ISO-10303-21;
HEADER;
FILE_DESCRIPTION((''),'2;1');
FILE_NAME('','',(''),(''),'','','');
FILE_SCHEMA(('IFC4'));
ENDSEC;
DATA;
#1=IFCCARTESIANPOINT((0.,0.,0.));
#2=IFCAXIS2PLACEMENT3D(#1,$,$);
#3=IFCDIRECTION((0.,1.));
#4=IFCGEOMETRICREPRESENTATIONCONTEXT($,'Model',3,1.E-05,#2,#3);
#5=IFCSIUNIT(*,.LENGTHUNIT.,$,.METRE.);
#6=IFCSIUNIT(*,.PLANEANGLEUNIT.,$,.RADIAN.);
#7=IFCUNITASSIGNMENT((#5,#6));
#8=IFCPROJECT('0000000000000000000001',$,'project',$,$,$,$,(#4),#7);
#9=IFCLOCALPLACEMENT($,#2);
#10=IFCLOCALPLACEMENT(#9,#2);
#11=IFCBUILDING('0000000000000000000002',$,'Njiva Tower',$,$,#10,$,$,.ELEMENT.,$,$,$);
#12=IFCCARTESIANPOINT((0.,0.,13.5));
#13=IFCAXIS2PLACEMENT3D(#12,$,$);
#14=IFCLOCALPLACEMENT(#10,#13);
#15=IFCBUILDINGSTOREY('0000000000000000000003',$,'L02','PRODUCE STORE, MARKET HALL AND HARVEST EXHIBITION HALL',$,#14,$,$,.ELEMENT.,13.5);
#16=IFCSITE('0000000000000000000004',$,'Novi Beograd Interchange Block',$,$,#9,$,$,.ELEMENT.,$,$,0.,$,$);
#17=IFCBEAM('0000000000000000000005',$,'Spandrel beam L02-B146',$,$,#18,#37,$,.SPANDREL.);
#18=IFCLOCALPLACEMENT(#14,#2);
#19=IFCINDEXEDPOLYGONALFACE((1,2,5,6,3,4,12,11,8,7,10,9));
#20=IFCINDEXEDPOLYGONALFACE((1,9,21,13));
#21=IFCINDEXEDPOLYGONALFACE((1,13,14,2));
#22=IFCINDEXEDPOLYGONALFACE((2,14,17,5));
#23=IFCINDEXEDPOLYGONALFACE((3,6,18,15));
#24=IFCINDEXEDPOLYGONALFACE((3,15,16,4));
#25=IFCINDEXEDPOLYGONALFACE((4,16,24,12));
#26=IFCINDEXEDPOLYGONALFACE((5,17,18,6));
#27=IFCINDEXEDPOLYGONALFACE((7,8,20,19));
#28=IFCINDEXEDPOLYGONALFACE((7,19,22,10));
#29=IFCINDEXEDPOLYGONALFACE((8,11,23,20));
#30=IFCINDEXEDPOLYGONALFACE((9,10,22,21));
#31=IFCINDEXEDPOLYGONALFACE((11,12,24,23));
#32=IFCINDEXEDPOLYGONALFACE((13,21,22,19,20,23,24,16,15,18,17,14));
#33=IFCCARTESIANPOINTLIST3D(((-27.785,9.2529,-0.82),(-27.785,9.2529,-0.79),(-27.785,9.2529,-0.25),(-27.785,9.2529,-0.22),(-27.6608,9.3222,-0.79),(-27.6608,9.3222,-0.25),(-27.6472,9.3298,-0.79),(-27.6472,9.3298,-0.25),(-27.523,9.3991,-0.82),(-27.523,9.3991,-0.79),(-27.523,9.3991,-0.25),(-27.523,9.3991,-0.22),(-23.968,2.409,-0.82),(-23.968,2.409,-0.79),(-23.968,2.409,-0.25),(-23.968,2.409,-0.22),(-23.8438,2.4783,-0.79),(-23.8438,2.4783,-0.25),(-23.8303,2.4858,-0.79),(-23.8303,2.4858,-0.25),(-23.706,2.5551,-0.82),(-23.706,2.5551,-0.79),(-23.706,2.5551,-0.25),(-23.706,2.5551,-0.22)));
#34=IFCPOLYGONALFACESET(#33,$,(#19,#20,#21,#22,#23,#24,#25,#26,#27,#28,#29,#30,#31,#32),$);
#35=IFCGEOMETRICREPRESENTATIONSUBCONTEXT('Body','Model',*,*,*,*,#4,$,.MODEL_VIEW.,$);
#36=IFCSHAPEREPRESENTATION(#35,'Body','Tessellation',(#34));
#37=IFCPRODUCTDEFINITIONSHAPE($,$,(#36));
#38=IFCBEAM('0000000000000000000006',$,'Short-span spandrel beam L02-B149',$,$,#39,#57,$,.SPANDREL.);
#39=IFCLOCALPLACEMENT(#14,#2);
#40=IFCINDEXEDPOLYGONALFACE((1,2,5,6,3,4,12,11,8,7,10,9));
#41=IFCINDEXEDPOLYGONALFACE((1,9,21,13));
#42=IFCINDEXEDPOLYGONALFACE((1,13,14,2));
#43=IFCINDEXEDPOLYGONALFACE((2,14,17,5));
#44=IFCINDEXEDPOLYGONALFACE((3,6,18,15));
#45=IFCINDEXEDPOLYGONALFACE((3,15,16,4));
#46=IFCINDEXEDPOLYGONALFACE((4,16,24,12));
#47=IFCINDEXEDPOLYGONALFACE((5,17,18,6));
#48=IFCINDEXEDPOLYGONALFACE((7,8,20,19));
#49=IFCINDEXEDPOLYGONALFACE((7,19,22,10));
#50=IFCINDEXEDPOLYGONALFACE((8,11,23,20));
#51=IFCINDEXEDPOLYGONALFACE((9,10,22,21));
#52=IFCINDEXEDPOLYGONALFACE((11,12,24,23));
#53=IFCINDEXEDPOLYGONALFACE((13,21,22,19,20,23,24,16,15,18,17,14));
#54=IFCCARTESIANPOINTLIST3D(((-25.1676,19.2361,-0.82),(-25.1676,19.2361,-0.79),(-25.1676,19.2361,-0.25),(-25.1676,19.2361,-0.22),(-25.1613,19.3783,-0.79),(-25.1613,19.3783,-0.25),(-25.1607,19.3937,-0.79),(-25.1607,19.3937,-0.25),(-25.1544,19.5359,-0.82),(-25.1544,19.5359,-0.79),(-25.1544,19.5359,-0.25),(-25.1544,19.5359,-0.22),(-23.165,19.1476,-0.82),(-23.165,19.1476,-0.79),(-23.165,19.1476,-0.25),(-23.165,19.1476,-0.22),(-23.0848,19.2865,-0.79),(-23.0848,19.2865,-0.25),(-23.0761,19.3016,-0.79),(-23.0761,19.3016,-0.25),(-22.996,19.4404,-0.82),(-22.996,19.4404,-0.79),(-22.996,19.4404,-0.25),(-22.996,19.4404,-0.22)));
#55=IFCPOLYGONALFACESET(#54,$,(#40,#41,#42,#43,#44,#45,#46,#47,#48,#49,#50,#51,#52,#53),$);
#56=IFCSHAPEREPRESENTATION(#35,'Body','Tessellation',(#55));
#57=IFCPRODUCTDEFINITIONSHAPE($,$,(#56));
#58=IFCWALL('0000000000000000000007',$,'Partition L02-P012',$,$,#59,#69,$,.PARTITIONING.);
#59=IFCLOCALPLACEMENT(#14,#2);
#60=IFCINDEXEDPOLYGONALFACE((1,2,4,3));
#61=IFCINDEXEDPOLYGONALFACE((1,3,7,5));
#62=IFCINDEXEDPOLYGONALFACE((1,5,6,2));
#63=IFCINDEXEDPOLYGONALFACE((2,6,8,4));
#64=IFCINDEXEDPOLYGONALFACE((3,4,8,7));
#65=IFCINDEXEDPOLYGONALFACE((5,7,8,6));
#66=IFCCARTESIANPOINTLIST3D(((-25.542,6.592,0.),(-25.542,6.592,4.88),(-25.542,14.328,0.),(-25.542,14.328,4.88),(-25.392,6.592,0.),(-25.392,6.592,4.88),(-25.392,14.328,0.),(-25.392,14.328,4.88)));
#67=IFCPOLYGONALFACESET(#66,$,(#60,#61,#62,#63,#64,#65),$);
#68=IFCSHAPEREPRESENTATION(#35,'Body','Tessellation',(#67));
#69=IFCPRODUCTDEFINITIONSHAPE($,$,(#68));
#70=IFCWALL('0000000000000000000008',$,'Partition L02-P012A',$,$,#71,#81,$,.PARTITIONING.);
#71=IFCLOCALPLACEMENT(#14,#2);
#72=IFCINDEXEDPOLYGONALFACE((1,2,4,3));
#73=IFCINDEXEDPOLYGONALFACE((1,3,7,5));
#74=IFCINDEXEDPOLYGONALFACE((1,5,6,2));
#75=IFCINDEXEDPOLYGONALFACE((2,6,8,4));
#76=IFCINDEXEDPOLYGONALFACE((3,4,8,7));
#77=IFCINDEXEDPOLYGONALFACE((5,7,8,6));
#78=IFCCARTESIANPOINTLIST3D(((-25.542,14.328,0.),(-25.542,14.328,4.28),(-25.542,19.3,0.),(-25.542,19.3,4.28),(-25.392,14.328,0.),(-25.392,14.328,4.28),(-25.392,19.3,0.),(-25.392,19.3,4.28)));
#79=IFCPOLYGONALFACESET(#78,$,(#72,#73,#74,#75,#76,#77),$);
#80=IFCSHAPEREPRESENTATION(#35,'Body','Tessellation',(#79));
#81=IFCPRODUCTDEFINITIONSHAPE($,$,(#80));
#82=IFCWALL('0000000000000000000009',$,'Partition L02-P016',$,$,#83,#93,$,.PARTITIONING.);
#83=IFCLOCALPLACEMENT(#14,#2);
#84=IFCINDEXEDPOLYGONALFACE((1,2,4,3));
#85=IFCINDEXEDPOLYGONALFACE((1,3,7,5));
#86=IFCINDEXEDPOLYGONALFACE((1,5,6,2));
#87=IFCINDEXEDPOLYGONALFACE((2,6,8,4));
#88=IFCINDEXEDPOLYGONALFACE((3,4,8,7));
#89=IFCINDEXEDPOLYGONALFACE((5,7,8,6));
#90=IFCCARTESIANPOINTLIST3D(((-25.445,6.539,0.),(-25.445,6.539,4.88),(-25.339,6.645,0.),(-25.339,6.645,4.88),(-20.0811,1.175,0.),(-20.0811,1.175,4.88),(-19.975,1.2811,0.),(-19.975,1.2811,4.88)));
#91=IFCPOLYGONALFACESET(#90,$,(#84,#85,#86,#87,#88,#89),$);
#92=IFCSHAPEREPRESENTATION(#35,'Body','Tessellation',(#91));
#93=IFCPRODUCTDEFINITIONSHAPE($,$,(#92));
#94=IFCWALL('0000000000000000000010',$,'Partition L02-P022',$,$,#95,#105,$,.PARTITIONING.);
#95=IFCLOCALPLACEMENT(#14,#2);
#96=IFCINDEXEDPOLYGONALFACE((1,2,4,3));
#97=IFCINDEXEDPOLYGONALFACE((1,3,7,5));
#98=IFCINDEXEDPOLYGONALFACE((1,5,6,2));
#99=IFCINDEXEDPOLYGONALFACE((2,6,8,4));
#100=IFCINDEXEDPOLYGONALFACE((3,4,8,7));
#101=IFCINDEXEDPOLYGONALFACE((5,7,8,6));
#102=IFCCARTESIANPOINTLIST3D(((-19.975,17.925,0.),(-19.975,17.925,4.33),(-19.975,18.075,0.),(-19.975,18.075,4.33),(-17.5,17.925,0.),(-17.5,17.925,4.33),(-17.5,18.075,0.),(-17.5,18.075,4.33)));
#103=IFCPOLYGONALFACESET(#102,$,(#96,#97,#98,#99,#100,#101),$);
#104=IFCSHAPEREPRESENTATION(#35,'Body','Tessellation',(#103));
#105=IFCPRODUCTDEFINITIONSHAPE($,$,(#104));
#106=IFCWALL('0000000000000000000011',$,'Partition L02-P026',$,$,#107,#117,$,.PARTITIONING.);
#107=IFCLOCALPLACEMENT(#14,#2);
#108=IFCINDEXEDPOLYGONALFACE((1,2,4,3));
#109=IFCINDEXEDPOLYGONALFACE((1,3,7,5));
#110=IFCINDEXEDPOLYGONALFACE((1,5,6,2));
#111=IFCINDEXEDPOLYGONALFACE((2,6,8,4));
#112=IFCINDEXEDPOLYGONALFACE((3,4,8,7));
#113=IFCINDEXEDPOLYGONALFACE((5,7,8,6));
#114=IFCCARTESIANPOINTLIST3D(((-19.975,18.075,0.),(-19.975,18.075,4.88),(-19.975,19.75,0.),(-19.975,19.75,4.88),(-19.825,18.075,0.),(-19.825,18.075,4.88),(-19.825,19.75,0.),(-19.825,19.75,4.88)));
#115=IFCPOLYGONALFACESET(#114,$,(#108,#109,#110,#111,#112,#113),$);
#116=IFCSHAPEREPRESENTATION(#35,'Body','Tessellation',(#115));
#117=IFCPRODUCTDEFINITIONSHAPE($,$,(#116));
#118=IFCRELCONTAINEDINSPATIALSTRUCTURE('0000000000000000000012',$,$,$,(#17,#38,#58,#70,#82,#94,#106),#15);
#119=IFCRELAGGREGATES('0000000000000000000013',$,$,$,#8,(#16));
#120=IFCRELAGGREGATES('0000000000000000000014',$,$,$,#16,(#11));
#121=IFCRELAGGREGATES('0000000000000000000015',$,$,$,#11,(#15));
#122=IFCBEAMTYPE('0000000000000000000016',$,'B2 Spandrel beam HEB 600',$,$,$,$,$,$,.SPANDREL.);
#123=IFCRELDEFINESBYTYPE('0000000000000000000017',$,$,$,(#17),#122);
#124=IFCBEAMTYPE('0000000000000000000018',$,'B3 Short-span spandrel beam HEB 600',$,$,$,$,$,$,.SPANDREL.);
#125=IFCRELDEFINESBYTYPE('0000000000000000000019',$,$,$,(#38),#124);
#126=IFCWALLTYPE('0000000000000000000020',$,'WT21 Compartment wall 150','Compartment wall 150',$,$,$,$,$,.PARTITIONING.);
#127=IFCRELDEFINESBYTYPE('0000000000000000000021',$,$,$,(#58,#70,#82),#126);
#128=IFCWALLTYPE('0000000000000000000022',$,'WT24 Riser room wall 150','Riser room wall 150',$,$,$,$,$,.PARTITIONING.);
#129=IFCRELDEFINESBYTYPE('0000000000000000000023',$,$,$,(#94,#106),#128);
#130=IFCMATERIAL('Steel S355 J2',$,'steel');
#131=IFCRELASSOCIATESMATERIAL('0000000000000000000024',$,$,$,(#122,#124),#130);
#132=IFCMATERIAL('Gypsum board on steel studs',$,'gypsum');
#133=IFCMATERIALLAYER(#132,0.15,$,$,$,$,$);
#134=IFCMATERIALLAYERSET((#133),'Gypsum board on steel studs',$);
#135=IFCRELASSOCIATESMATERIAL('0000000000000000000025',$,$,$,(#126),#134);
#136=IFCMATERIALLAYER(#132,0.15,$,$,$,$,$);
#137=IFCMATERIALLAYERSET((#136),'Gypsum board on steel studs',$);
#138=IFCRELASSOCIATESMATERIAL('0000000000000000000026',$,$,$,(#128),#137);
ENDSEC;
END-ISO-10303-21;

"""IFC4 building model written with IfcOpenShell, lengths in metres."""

from ifc_helpers import new_model, si_unit, direction, frame, frame_2d, origin, origin_2d, place, context, subcontext, project, spatial, rectangle, i_section, extrude, clip, halfspace, material, layer, layer_set, material_profile, profile_set, type_object, element, save


model = new_model("IFC4")

# Units and contexts
model_context = context("Model", 3, precision=1e-05, world=origin(), true_north=direction((0.0, 1.0)))
body_context = subcontext(model_context, "Body", "Model", "MODEL_VIEW")
ifc_project = project(units=[si_unit("LENGTHUNIT", "METRE"), si_unit("PLANEANGLEUNIT", "RADIAN")], contexts=[model_context])

# Site, building, storey
site_placement = place(None, origin())
site = spatial("IfcSite", under=ifc_project, at=site_placement, Name="Novi Beograd Interchange Block", CompositionType="ELEMENT", RefElevation=0.0)
building_placement = place(site_placement, origin())
building = spatial("IfcBuilding", under=site, at=building_placement, Name="Njiva Tower", CompositionType="ELEMENT")
storey_placement = place(building_placement, frame((0.0, 0.0, 13.5)))
storey = spatial("IfcBuildingStorey", under=building, at=storey_placement, Name="L02", Description="PRODUCE STORE, MARKET HALL AND HARVEST EXHIBITION HALL", CompositionType="ELEMENT", Elevation=13.5)

# Shared definitions
ifc_material_1 = material(Name="Steel S355 J2", Category="steel")

# Beams
ifc_material_profile_1 = material_profile(ifc_material_1, i_section(OverallWidth=0.3, OverallDepth=0.6, WebThickness=0.0155, FlangeThickness=0.03, at=origin_2d()), Name="HEB 600")
ifc_profile_set_1 = profile_set([ifc_material_profile_1], Name="Steel S355 J2")
beam_type_1 = type_object("IfcBeamType", Name="B2 Spandrel beam HEB 600", PredefinedType="SPANDREL", material=ifc_profile_set_1)
beam_1_placement = place(storey_placement, frame((-27.654, 9.326, -0.52), z_axis=(0.487083, -0.873356, 0.0), x_axis=(0.873356, 0.487083, 0.0)))
element("IfcBeam", 1, at=beam_1_placement, inside=storey, type_object=beam_type_1, Name="Spandrel beam L02-B146", PredefinedType="SPANDREL", context=body_context, shape_type="SweptSolid", body=[
    extrude(i_section(OverallWidth=0.3, OverallDepth=0.6, WebThickness=0.0155, FlangeThickness=0.03, at=origin_2d()), origin(), (0.0, 0.0, 1.0), 7.8364),
])
ifc_material_profile_2 = material_profile(ifc_material_1, i_section(OverallWidth=0.3, OverallDepth=0.6, WebThickness=0.0155, FlangeThickness=0.03, at=origin_2d()), Name="HEB 600")
ifc_profile_set_2 = profile_set([ifc_material_profile_2], Name="Steel S355 J2")
beam_type_2 = type_object("IfcBeamType", Name="B3 Short-span spandrel beam HEB 600", PredefinedType="SPANDREL", material=ifc_profile_set_2)
beam_2_placement = place(storey_placement, frame((-25.161, 19.386, -0.52), z_axis=(0.999024, -0.044166, 0.0), x_axis=(0.044166, 0.999024, 0.0)))
element("IfcBeam", 2, at=beam_2_placement, inside=storey, type_object=beam_type_2, Name="Short-span spandrel beam L02-B149", PredefinedType="SPANDREL", context=body_context, shape_type="Clipping", body=[
    clip(extrude(i_section(OverallWidth=0.3, OverallDepth=0.6, WebThickness=0.0155, FlangeThickness=0.03, at=origin_2d()), origin(), (0.0, 0.0, 1.0), 2.181), halfspace(frame((-0.0228, 0.0, 2.0707), z_axis=(-0.461261, 0.0, 0.887265), x_axis=(0.0, 1.0, 0.0)), False)),
])

# Walls
ifc_material_2 = material(Name="Gypsum board on steel studs", Category="gypsum")
ifc_layer_1 = layer(ifc_material_2, 0.15)
ifc_layer_set_1 = layer_set([ifc_layer_1], Name="Gypsum board on steel studs")
wall_type_1 = type_object("IfcWallType", Name="WT21 Compartment wall 150", Description="Compartment wall 150", PredefinedType="PARTITIONING", material=ifc_layer_set_1)
wall_1_placement = place(storey_placement, frame((-25.467, 6.592, 0.0), z_axis=(0.0, 0.0, 1.0), x_axis=(0.0, 1.0, 0.0)))
element("IfcWall", 3, at=wall_1_placement, inside=storey, type_object=wall_type_1, Name="Partition L02-P012", PredefinedType="PARTITIONING", context=body_context, shape_type="SweptSolid", body=[
    extrude(rectangle(XDim=7.736, YDim=0.15, at=frame_2d((3.868, 0.0))), origin(), (0.0, 0.0, 1.0), 4.88),
])
wall_2_placement = place(storey_placement, frame((-25.467, 14.328, 0.0), z_axis=(0.0, 0.0, 1.0), x_axis=(0.0, 1.0, 0.0)))
element("IfcWall", 4, at=wall_2_placement, inside=storey, type_object=wall_type_1, Name="Partition L02-P012A", PredefinedType="PARTITIONING", context=body_context, shape_type="SweptSolid", body=[
    extrude(rectangle(XDim=4.972, YDim=0.15, at=frame_2d((2.486, 0.0))), origin(), (0.0, 0.0, 1.0), 4.28),
])
wall_3_placement = place(storey_placement, frame((-25.392, 6.592, 0.0), z_axis=(0.0, 0.0, 1.0), x_axis=(0.707107, -0.707107, 0.0)))
element("IfcWall", 5, at=wall_3_placement, inside=storey, type_object=wall_type_1, Name="Partition L02-P016", PredefinedType="PARTITIONING", context=body_context, shape_type="SweptSolid", body=[
    extrude(rectangle(XDim=7.5858, YDim=0.15, at=frame_2d((3.7929, 0.0))), origin(), (0.0, 0.0, 1.0), 4.88),
])
ifc_layer_2 = layer(ifc_material_2, 0.15)
ifc_layer_set_2 = layer_set([ifc_layer_2], Name="Gypsum board on steel studs")
wall_type_2 = type_object("IfcWallType", Name="WT24 Riser room wall 150", Description="Riser room wall 150", PredefinedType="PARTITIONING", material=ifc_layer_set_2)
wall_4_placement = place(storey_placement, frame((-19.975, 18.0, 0.0), z_axis=(0.0, 0.0, 1.0), x_axis=(1.0, 0.0, 0.0)))
element("IfcWall", 6, at=wall_4_placement, inside=storey, type_object=wall_type_2, Name="Partition L02-P022", PredefinedType="PARTITIONING", context=body_context, shape_type="SweptSolid", body=[
    extrude(rectangle(XDim=2.475, YDim=0.15, at=frame_2d((1.2375, 0.0))), origin(), (0.0, 0.0, 1.0), 4.33),
])
wall_5_placement = place(storey_placement, frame((-19.9, 18.075, 0.0), z_axis=(0.0, 0.0, 1.0), x_axis=(0.0, 1.0, 0.0)))
element("IfcWall", 7, at=wall_5_placement, inside=storey, type_object=wall_type_2, Name="Partition L02-P026", PredefinedType="PARTITIONING", context=body_context, shape_type="SweptSolid", body=[
    extrude(rectangle(XDim=1.675, YDim=0.15, at=frame_2d((0.8375, 0.0))), origin(), (0.0, 0.0, 1.0), 4.88),
])

save(model, "model.ifc")
